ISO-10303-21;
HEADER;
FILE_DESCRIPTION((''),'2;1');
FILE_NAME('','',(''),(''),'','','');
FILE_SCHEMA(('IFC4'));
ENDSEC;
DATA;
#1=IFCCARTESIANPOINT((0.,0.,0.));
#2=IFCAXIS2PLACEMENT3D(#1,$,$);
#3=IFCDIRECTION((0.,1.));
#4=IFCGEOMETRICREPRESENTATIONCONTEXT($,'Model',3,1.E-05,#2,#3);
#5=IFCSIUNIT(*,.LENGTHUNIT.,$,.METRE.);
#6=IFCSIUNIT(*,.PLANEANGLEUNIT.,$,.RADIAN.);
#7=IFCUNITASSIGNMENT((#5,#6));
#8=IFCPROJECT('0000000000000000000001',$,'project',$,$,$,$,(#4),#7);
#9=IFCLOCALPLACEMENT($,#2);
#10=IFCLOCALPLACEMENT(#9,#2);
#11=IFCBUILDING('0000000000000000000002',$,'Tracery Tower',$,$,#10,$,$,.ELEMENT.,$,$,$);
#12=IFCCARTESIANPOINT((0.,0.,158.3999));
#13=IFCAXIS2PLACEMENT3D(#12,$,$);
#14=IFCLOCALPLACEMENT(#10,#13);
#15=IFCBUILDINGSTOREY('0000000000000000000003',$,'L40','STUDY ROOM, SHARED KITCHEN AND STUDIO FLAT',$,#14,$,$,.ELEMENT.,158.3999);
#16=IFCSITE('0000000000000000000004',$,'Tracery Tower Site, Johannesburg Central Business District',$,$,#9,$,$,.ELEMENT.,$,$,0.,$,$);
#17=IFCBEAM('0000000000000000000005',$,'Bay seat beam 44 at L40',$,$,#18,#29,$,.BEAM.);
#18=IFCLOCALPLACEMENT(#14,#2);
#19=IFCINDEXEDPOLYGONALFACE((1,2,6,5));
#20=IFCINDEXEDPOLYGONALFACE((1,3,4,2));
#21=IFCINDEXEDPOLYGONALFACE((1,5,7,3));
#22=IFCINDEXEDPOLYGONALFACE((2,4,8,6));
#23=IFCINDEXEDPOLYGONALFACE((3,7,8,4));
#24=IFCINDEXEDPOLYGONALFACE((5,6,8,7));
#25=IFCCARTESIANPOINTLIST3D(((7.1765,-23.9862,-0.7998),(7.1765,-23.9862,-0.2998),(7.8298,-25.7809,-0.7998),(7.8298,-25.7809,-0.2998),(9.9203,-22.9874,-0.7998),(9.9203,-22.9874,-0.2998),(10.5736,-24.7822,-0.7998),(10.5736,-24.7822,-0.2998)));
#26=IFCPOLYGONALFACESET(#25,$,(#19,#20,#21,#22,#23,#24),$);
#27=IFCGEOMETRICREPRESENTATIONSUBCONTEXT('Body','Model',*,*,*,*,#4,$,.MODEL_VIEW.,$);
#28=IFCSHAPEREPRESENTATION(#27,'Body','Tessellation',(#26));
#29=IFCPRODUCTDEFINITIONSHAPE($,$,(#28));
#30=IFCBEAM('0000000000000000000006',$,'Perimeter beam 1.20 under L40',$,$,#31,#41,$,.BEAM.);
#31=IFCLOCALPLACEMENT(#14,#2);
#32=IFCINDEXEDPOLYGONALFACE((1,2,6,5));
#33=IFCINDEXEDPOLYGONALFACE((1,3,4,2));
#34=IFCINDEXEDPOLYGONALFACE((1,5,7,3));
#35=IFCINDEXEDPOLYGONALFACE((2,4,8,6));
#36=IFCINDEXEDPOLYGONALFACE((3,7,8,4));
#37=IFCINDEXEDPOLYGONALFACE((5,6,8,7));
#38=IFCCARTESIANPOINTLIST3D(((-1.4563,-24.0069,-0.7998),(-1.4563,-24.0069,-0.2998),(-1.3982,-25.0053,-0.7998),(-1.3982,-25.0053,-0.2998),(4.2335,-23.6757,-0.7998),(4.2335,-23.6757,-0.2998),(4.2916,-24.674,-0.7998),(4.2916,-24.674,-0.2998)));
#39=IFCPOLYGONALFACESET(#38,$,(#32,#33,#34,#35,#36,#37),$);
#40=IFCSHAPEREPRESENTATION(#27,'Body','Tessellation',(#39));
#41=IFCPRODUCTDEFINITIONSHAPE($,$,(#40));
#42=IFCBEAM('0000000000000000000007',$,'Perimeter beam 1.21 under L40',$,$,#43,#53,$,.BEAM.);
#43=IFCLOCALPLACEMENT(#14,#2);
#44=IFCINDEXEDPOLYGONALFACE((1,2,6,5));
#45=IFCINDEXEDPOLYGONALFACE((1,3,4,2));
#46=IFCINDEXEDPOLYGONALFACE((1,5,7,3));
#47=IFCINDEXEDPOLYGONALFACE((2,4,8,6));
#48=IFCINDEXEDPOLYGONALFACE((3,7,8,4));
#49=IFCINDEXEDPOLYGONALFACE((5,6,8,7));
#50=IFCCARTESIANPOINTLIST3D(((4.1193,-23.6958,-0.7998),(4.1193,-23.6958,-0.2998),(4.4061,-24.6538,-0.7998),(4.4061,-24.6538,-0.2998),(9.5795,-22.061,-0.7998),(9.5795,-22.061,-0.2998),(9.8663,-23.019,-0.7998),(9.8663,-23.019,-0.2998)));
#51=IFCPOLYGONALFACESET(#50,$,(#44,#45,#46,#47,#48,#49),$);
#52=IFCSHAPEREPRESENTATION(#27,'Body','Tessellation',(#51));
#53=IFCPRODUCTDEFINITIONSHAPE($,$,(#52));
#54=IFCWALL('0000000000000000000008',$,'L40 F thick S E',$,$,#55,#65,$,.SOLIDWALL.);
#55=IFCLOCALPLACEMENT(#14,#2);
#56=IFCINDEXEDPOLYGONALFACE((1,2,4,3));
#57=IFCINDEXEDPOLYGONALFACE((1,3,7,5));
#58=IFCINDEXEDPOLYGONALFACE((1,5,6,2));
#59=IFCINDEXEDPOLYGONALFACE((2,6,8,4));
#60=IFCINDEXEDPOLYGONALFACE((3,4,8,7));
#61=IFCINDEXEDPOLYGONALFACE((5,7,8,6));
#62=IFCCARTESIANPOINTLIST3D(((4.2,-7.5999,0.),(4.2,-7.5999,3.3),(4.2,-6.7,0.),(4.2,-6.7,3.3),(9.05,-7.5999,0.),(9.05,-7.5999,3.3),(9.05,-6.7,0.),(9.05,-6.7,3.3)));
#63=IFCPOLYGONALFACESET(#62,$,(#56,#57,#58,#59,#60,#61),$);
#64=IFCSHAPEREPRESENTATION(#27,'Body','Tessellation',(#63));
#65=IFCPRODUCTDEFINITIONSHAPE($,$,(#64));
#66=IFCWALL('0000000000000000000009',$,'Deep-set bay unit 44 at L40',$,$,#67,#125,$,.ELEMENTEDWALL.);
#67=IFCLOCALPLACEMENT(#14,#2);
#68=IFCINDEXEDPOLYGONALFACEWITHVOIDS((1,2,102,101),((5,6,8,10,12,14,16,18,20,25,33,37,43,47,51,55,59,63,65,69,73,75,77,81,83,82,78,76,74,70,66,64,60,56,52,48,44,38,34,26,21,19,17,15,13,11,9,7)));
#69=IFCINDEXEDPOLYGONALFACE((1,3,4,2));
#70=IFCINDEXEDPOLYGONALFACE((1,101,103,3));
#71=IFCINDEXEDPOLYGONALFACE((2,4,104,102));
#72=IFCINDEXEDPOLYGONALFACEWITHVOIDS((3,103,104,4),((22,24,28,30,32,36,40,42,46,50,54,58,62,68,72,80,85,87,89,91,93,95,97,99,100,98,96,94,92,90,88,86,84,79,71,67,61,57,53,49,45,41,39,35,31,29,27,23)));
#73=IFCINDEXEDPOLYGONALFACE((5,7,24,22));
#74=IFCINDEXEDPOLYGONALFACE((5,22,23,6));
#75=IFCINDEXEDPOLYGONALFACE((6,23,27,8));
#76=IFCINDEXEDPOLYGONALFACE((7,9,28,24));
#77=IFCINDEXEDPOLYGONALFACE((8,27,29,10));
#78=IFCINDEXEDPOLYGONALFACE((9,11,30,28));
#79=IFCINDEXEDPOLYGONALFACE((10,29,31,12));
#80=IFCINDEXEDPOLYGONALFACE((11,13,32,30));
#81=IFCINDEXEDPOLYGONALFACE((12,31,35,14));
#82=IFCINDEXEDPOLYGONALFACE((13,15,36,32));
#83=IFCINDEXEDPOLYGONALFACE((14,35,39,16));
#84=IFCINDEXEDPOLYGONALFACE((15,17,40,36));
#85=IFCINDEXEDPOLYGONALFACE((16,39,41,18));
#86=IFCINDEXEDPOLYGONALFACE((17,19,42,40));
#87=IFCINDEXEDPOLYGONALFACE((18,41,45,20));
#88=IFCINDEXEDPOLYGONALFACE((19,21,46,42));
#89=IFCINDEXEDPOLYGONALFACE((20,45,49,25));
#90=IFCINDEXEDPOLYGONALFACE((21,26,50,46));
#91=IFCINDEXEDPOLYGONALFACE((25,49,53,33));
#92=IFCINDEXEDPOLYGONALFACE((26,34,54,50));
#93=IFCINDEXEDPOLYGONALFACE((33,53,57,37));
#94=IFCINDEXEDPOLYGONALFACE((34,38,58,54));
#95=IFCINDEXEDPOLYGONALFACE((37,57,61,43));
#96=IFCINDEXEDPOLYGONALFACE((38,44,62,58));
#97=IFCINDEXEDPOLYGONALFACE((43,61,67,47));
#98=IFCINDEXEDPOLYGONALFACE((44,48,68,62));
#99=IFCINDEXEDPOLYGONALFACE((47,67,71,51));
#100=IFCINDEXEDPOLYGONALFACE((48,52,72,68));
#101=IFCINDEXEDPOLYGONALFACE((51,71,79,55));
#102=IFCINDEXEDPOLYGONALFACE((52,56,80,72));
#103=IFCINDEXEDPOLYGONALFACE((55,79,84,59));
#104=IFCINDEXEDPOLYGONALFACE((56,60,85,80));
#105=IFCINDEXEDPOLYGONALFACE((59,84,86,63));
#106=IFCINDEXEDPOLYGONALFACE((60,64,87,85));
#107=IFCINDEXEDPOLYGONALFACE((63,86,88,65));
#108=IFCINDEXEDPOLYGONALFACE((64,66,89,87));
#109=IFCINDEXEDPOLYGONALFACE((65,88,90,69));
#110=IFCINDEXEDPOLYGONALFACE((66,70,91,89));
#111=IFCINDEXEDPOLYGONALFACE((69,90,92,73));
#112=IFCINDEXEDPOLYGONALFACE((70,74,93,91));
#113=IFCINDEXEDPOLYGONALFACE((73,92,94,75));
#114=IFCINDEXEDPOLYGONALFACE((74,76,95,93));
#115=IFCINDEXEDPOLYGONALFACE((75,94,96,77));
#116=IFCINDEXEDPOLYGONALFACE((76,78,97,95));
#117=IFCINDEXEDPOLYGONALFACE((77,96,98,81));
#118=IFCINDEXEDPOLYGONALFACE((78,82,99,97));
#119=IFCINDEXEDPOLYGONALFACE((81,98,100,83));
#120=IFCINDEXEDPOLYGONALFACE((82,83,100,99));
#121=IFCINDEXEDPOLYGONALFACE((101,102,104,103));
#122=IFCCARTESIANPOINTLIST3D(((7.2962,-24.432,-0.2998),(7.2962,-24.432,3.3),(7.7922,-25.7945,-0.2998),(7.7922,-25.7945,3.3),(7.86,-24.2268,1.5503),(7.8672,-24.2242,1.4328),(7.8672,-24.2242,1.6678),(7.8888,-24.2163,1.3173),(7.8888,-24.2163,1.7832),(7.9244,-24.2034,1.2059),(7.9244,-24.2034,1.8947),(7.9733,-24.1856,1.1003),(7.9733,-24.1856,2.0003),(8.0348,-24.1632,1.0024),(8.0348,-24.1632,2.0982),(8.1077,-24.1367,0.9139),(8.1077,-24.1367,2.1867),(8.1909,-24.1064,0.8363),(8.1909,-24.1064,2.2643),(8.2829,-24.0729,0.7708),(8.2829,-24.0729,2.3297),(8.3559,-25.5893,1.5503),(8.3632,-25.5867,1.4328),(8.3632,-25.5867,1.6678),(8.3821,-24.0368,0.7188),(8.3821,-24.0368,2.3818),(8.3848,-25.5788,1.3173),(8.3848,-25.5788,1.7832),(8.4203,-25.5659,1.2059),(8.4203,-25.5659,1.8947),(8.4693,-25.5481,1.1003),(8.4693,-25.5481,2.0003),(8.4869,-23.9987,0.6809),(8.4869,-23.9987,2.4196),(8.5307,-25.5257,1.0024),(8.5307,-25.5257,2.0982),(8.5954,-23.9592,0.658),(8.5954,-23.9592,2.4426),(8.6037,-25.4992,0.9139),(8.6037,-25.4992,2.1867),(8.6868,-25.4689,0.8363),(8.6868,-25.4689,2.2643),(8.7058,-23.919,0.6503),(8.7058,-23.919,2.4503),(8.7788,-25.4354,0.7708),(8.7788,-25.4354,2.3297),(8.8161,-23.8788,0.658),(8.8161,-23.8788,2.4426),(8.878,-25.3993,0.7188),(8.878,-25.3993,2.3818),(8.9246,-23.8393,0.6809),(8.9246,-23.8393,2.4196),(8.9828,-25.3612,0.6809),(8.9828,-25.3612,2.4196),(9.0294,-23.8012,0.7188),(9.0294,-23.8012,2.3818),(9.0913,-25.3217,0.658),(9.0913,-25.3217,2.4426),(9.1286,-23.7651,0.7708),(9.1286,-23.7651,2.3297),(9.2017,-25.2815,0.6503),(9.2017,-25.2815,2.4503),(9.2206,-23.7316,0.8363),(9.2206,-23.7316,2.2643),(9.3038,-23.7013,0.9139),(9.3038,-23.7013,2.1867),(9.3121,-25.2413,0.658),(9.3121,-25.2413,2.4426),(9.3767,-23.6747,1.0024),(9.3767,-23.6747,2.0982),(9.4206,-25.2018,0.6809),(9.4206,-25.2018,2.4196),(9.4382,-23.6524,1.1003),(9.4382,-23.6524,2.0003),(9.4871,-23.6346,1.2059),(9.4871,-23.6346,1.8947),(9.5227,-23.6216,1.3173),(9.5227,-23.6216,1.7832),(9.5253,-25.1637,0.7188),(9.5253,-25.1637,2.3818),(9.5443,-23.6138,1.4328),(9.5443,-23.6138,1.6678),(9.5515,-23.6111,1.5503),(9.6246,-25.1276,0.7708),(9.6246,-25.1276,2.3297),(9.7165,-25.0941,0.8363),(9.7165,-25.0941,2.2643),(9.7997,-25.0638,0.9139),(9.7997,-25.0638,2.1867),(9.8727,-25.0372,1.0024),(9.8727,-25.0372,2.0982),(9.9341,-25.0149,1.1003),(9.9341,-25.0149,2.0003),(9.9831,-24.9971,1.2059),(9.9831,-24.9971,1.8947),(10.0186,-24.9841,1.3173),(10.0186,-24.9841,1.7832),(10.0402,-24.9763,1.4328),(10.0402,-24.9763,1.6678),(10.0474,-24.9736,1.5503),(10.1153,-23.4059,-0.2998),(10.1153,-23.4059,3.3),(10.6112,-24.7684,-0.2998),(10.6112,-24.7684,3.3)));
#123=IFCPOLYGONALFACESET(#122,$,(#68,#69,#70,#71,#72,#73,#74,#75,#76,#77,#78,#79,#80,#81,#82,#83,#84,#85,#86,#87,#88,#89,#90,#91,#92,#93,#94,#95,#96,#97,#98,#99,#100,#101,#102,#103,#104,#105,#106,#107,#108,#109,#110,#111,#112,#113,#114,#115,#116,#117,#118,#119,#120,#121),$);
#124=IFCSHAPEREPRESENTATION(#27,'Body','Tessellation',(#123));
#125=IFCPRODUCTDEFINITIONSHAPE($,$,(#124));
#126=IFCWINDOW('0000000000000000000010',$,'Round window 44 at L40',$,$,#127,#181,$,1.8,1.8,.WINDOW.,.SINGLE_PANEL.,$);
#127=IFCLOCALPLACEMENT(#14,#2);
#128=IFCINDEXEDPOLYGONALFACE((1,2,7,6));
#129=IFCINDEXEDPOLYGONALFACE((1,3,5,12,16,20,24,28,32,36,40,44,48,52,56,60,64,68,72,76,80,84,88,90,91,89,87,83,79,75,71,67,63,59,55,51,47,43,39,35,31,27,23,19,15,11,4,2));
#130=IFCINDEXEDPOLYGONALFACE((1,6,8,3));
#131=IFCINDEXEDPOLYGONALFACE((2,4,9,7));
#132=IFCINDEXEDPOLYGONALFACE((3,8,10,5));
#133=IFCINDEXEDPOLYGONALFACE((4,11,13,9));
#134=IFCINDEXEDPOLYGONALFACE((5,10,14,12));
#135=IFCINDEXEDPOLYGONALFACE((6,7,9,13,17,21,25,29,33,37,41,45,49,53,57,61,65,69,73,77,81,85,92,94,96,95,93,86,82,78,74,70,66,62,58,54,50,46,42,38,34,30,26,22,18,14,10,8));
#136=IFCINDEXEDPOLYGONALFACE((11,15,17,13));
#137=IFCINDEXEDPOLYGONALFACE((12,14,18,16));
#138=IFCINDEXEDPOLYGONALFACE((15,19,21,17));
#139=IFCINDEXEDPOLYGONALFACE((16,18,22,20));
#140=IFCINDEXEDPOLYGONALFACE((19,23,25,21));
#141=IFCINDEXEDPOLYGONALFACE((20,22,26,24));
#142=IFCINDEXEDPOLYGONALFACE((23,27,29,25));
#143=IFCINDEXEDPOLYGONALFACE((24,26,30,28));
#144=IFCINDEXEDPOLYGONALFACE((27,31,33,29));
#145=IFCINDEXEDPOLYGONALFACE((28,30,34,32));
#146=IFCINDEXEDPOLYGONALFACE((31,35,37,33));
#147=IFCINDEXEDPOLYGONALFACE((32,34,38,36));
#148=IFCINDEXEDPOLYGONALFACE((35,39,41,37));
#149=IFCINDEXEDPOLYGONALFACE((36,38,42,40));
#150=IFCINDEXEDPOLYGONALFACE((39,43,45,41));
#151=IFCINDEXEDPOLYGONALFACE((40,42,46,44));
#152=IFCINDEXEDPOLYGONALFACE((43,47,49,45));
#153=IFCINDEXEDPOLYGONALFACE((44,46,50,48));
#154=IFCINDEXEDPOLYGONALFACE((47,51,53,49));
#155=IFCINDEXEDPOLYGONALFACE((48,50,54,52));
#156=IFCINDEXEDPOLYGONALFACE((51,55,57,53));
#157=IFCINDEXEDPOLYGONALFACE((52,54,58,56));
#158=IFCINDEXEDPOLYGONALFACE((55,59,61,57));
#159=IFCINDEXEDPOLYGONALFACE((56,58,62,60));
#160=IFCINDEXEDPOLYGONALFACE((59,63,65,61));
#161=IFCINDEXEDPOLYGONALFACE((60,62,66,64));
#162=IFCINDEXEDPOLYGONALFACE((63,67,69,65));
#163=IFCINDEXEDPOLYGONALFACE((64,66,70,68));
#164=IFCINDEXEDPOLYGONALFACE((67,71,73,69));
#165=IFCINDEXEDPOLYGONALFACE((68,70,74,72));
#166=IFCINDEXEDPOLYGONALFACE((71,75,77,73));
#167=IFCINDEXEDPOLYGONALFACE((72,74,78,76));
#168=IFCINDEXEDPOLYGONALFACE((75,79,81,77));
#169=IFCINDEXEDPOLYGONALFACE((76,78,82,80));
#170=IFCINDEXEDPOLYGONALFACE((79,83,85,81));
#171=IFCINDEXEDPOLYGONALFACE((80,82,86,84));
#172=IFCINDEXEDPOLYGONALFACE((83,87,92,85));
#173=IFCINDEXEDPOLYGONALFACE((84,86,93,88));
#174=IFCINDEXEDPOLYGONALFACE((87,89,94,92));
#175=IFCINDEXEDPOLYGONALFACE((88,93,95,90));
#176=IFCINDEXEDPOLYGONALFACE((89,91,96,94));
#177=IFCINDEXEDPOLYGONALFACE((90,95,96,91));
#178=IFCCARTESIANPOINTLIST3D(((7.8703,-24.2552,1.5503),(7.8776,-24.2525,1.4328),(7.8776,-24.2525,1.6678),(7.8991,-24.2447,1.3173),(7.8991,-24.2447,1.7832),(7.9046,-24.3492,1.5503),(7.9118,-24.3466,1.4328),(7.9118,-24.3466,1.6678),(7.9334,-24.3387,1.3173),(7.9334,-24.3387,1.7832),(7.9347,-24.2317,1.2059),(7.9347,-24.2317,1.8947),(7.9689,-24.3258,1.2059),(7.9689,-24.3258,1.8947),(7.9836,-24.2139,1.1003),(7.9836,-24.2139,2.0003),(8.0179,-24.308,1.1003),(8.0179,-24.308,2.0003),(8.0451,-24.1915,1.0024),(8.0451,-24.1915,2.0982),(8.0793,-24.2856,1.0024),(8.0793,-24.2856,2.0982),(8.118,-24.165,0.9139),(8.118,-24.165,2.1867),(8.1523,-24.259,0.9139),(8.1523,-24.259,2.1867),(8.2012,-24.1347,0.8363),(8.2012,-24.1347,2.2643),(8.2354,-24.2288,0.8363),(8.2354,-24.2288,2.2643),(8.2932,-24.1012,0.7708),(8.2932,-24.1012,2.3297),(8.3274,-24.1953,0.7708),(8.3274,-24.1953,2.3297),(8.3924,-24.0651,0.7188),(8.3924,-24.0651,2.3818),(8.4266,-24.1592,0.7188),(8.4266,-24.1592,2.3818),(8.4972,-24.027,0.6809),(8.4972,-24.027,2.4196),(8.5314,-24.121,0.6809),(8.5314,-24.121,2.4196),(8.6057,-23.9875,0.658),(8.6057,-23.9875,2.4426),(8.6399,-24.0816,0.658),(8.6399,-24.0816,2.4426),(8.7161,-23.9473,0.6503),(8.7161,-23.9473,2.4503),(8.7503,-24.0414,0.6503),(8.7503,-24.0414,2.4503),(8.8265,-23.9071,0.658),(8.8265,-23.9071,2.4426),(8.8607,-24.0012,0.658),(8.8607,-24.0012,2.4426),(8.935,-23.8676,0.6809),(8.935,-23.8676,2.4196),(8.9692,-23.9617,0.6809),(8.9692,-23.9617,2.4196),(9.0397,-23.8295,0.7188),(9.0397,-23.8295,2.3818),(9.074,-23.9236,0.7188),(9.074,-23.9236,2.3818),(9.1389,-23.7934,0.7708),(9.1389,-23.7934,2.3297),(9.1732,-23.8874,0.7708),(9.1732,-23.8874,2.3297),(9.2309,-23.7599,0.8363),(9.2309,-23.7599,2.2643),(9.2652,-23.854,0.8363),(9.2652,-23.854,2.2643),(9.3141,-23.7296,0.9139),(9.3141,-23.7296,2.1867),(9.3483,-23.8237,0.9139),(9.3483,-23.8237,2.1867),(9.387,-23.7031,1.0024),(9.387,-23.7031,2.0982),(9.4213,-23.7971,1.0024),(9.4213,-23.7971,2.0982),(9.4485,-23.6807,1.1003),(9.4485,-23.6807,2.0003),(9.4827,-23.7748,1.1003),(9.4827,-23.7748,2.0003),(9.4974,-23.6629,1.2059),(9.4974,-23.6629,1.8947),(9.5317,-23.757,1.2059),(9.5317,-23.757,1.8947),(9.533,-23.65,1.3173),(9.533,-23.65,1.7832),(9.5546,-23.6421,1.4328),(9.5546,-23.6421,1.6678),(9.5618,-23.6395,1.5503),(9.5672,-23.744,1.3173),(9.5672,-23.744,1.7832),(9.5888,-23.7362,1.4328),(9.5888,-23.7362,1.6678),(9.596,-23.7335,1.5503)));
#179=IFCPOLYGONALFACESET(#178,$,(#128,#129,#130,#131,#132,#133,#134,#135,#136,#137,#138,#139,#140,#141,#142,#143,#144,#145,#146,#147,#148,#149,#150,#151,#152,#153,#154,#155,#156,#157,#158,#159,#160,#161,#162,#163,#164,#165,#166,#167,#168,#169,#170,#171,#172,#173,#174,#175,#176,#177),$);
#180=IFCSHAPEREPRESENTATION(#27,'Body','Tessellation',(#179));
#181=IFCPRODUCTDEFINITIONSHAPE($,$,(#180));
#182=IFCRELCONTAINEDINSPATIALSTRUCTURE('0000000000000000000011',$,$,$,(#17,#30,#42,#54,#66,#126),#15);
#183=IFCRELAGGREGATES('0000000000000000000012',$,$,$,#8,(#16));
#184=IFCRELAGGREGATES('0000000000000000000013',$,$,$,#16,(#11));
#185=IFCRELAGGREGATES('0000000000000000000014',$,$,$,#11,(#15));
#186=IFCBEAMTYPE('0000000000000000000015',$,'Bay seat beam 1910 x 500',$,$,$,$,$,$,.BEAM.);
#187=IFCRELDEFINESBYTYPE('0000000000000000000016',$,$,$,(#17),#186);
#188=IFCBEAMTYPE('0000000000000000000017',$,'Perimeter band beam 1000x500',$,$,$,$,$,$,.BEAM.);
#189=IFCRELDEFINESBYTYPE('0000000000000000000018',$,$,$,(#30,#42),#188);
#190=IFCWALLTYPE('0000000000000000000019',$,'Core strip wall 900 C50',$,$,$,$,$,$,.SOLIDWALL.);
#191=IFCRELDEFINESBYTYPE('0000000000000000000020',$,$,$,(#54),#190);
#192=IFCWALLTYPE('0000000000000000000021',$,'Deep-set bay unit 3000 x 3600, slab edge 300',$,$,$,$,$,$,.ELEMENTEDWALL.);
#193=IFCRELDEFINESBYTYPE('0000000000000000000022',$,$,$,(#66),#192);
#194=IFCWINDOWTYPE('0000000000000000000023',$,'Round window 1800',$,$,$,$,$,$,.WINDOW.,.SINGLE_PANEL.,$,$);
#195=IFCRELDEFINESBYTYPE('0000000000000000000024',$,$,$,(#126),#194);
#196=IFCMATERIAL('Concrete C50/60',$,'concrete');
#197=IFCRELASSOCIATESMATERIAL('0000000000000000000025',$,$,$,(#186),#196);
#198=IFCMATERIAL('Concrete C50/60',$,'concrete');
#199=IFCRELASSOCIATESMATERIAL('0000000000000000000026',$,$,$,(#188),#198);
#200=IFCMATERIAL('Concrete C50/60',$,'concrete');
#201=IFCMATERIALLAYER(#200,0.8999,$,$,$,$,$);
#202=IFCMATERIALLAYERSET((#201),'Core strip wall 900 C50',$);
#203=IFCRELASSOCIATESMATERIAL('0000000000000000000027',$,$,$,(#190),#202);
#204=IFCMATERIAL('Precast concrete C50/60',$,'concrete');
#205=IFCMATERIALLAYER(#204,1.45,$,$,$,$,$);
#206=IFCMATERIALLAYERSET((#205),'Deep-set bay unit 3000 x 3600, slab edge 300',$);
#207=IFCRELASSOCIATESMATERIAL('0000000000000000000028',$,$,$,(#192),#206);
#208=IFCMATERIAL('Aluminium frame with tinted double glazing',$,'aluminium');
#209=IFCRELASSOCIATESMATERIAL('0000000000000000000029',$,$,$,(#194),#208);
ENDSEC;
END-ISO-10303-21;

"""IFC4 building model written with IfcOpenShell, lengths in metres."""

from ifc_helpers import new_model, si_unit, direction, frame, frame_2d, origin, origin_2d, place, context, subcontext, project, spatial, rectangle, circle, extrude, material, layer, layer_set, material_profile, profile_set, type_object, element, fill, save


model = new_model("IFC4")

# Units and contexts
model_context = context("Model", 3, precision=1e-05, world=origin(), true_north=direction((0.0, 1.0)))
body_context = subcontext(model_context, "Body", "Model", "MODEL_VIEW")
ifc_project = project(units=[si_unit("LENGTHUNIT", "METRE"), si_unit("PLANEANGLEUNIT", "RADIAN")], contexts=[model_context])

# Site, building, storey
site_placement = place(None, origin())
site = spatial("IfcSite", under=ifc_project, at=site_placement, Name="Tracery Tower Site, Johannesburg Central Business District", CompositionType="ELEMENT", RefElevation=0.0)
building_placement = place(site_placement, origin())
building = spatial("IfcBuilding", under=site, at=building_placement, Name="Tracery Tower", CompositionType="ELEMENT")
storey_placement = place(building_placement, frame((0.0, 0.0, 158.3999)))
storey = spatial("IfcBuildingStorey", under=building, at=storey_placement, Name="L40", Description="STUDY ROOM, SHARED KITCHEN AND STUDIO FLAT", CompositionType="ELEMENT", Elevation=158.3999)

# Beams
ifc_material_1 = material(Name="Concrete C50/60", Category="concrete")
ifc_material_profile_1 = material_profile(ifc_material_1, rectangle(XDim=1.9099, YDim=0.5, at=origin_2d()), Name="RC 1910x500")
ifc_profile_set_1 = profile_set([ifc_material_profile_1], Name="Concrete C50/60")
beam_type_1 = type_object("IfcBeamType", Name="Bay seat beam 1910 x 500", PredefinedType="BEAM", material=ifc_profile_set_1)
beam_1_placement = place(storey_placement, frame((7.5032, -24.8835, -0.5498), z_axis=(0.939684, 0.342045, 0.0), x_axis=(-0.342045, 0.939684, 0.0)))
element("IfcBeam", 1, at=beam_1_placement, inside=storey, type_object=beam_type_1, Name="Bay seat beam 44 at L40", PredefinedType="BEAM", context=body_context, shape_type="SweptSolid", body=[
    extrude(rectangle(XDim=1.9099, YDim=0.5, at=origin_2d()), origin(), (0.0, 0.0, 1.0), 2.9199),
])
ifc_material_2 = material(Name="Concrete C50/60", Category="concrete")
ifc_material_profile_2 = material_profile(ifc_material_2, rectangle(XDim=1.0, YDim=0.5, at=origin_2d()), Name="RC 1000x500")
ifc_profile_set_2 = profile_set([ifc_material_profile_2], Name="Concrete C50/60")
beam_type_2 = type_object("IfcBeamType", Name="Perimeter band beam 1000x500", PredefinedType="BEAM", material=ifc_profile_set_2)
beam_2_placement = place(storey_placement, frame((-1.4272, -24.5061, -0.5498), z_axis=(0.998309, 0.058127, 0.0), x_axis=(-0.058127, 0.998309, 0.0)))
element("IfcBeam", 2, at=beam_2_placement, inside=storey, type_object=beam_type_2, Name="Perimeter beam 1.20 under L40", PredefinedType="BEAM", context=body_context, shape_type="SweptSolid", body=[
    extrude(rectangle(XDim=1.0, YDim=0.5, at=origin_2d()), origin(), (0.0, 0.0, 1.0), 5.6995),
])
beam_3_placement = place(storey_placement, frame((4.2627, -24.1748, -0.5498), z_axis=(0.957985, 0.286817, 0.0), x_axis=(-0.286817, 0.957985, 0.0)))
element("IfcBeam", 3, at=beam_3_placement, inside=storey, type_object=beam_type_2, Name="Perimeter beam 1.21 under L40", PredefinedType="BEAM", context=body_context, shape_type="SweptSolid", body=[
    extrude(rectangle(XDim=1.0, YDim=0.5, at=origin_2d()), origin(), (0.0, 0.0, 1.0), 5.6997),
])

# Wall
ifc_material_3 = material(Name="Concrete C50/60", Category="concrete")
ifc_layer_1 = layer(ifc_material_3, 0.8999)
ifc_layer_set_1 = layer_set([ifc_layer_1], Name="Core strip wall 900 C50")
wall_type_1 = type_object("IfcWallType", Name="Core strip wall 900 C50", PredefinedType="SOLIDWALL", material=ifc_layer_set_1)
wall_1_placement = place(storey_placement, frame((4.2, -7.1499, 0.0), z_axis=(0.0, 0.0, 1.0), x_axis=(1.0, 0.0, 0.0)))
element("IfcWall", 4, at=wall_1_placement, inside=storey, type_object=wall_type_1, Name="L40 F thick S E", PredefinedType="SOLIDWALL", context=body_context, shape_type="SweptSolid", body=[
    extrude(rectangle(XDim=4.8501, YDim=0.8999, at=frame_2d((2.425, 0.0))), origin(), (0.0, 0.0, 1.0), 3.3),
])

# Wall, opening, window
ifc_material_4 = material(Name="Precast concrete C50/60", Category="concrete")
ifc_layer_2 = layer(ifc_material_4, 1.45)
ifc_layer_set_2 = layer_set([ifc_layer_2], Name="Deep-set bay unit 3000 x 3600, slab edge 300")
wall_type_2 = type_object("IfcWallType", Name="Deep-set bay unit 3000 x 3600, slab edge 300", PredefinedType="ELEMENTEDWALL", material=ifc_layer_set_2)
wall_2_placement = place(storey_placement, frame((7.5442, -25.1133, -0.2998), z_axis=(0.0, 0.0, 1.0), x_axis=(0.939686, 0.342037, 0.0)))
wall_2 = element("IfcWall", 5, at=wall_2_placement, inside=storey, type_object=wall_type_2, Name="Deep-set bay unit 44 at L40", PredefinedType="ELEMENTEDWALL", context=body_context, shape_type="SweptSolid", body=[
    extrude(rectangle(XDim=3.0, YDim=1.45, at=frame_2d((1.5, 0.0))), origin(), (0.0, 0.0, 1.0), 3.5999),
])
opening_1_placement = place(wall_2_placement, frame((1.5, 0.0, 1.8501)))
opening_1 = element("IfcOpeningElement", 6, at=opening_1_placement, cuts=wall_2, PredefinedType="OPENING", context=body_context, shape_type="SweptSolid", body=[
    extrude(circle(Radius=0.9, at=origin_2d()), frame((0.0, 0.7349, 0.0), z_axis=(0.0, -1.0, 0.0), x_axis=(1.0, 0.0, 0.0)), (0.0, 0.0, 1.0), 1.47),
])
ifc_material_5 = material(Name="Aluminium frame with tinted double glazing", Category="aluminium")
window_type = type_object("IfcWindowType", Name="Round window 1800", PartitioningType="SINGLE_PANEL", PredefinedType="WINDOW", material=ifc_material_5)
window_1_placement = place(opening_1_placement, origin())
window_1 = element("IfcWindow", 7, at=window_1_placement, inside=storey, type_object=window_type, Name="Round window 44 at L40", OverallHeight=1.8, OverallWidth=1.8, PartitioningType="SINGLE_PANEL", PredefinedType="WINDOW", context=body_context, shape_type="SweptSolid", body=[
    extrude(circle(Radius=0.9, at=origin_2d()), frame((0.0, 0.6948, 0.0), z_axis=(0.0, -1.0, 0.0), x_axis=(1.0, 0.0, 0.0)), (0.0, 0.0, 1.0), 0.1001),
])
fill(opening_1, window_1)

save(model, "model.ifc")
